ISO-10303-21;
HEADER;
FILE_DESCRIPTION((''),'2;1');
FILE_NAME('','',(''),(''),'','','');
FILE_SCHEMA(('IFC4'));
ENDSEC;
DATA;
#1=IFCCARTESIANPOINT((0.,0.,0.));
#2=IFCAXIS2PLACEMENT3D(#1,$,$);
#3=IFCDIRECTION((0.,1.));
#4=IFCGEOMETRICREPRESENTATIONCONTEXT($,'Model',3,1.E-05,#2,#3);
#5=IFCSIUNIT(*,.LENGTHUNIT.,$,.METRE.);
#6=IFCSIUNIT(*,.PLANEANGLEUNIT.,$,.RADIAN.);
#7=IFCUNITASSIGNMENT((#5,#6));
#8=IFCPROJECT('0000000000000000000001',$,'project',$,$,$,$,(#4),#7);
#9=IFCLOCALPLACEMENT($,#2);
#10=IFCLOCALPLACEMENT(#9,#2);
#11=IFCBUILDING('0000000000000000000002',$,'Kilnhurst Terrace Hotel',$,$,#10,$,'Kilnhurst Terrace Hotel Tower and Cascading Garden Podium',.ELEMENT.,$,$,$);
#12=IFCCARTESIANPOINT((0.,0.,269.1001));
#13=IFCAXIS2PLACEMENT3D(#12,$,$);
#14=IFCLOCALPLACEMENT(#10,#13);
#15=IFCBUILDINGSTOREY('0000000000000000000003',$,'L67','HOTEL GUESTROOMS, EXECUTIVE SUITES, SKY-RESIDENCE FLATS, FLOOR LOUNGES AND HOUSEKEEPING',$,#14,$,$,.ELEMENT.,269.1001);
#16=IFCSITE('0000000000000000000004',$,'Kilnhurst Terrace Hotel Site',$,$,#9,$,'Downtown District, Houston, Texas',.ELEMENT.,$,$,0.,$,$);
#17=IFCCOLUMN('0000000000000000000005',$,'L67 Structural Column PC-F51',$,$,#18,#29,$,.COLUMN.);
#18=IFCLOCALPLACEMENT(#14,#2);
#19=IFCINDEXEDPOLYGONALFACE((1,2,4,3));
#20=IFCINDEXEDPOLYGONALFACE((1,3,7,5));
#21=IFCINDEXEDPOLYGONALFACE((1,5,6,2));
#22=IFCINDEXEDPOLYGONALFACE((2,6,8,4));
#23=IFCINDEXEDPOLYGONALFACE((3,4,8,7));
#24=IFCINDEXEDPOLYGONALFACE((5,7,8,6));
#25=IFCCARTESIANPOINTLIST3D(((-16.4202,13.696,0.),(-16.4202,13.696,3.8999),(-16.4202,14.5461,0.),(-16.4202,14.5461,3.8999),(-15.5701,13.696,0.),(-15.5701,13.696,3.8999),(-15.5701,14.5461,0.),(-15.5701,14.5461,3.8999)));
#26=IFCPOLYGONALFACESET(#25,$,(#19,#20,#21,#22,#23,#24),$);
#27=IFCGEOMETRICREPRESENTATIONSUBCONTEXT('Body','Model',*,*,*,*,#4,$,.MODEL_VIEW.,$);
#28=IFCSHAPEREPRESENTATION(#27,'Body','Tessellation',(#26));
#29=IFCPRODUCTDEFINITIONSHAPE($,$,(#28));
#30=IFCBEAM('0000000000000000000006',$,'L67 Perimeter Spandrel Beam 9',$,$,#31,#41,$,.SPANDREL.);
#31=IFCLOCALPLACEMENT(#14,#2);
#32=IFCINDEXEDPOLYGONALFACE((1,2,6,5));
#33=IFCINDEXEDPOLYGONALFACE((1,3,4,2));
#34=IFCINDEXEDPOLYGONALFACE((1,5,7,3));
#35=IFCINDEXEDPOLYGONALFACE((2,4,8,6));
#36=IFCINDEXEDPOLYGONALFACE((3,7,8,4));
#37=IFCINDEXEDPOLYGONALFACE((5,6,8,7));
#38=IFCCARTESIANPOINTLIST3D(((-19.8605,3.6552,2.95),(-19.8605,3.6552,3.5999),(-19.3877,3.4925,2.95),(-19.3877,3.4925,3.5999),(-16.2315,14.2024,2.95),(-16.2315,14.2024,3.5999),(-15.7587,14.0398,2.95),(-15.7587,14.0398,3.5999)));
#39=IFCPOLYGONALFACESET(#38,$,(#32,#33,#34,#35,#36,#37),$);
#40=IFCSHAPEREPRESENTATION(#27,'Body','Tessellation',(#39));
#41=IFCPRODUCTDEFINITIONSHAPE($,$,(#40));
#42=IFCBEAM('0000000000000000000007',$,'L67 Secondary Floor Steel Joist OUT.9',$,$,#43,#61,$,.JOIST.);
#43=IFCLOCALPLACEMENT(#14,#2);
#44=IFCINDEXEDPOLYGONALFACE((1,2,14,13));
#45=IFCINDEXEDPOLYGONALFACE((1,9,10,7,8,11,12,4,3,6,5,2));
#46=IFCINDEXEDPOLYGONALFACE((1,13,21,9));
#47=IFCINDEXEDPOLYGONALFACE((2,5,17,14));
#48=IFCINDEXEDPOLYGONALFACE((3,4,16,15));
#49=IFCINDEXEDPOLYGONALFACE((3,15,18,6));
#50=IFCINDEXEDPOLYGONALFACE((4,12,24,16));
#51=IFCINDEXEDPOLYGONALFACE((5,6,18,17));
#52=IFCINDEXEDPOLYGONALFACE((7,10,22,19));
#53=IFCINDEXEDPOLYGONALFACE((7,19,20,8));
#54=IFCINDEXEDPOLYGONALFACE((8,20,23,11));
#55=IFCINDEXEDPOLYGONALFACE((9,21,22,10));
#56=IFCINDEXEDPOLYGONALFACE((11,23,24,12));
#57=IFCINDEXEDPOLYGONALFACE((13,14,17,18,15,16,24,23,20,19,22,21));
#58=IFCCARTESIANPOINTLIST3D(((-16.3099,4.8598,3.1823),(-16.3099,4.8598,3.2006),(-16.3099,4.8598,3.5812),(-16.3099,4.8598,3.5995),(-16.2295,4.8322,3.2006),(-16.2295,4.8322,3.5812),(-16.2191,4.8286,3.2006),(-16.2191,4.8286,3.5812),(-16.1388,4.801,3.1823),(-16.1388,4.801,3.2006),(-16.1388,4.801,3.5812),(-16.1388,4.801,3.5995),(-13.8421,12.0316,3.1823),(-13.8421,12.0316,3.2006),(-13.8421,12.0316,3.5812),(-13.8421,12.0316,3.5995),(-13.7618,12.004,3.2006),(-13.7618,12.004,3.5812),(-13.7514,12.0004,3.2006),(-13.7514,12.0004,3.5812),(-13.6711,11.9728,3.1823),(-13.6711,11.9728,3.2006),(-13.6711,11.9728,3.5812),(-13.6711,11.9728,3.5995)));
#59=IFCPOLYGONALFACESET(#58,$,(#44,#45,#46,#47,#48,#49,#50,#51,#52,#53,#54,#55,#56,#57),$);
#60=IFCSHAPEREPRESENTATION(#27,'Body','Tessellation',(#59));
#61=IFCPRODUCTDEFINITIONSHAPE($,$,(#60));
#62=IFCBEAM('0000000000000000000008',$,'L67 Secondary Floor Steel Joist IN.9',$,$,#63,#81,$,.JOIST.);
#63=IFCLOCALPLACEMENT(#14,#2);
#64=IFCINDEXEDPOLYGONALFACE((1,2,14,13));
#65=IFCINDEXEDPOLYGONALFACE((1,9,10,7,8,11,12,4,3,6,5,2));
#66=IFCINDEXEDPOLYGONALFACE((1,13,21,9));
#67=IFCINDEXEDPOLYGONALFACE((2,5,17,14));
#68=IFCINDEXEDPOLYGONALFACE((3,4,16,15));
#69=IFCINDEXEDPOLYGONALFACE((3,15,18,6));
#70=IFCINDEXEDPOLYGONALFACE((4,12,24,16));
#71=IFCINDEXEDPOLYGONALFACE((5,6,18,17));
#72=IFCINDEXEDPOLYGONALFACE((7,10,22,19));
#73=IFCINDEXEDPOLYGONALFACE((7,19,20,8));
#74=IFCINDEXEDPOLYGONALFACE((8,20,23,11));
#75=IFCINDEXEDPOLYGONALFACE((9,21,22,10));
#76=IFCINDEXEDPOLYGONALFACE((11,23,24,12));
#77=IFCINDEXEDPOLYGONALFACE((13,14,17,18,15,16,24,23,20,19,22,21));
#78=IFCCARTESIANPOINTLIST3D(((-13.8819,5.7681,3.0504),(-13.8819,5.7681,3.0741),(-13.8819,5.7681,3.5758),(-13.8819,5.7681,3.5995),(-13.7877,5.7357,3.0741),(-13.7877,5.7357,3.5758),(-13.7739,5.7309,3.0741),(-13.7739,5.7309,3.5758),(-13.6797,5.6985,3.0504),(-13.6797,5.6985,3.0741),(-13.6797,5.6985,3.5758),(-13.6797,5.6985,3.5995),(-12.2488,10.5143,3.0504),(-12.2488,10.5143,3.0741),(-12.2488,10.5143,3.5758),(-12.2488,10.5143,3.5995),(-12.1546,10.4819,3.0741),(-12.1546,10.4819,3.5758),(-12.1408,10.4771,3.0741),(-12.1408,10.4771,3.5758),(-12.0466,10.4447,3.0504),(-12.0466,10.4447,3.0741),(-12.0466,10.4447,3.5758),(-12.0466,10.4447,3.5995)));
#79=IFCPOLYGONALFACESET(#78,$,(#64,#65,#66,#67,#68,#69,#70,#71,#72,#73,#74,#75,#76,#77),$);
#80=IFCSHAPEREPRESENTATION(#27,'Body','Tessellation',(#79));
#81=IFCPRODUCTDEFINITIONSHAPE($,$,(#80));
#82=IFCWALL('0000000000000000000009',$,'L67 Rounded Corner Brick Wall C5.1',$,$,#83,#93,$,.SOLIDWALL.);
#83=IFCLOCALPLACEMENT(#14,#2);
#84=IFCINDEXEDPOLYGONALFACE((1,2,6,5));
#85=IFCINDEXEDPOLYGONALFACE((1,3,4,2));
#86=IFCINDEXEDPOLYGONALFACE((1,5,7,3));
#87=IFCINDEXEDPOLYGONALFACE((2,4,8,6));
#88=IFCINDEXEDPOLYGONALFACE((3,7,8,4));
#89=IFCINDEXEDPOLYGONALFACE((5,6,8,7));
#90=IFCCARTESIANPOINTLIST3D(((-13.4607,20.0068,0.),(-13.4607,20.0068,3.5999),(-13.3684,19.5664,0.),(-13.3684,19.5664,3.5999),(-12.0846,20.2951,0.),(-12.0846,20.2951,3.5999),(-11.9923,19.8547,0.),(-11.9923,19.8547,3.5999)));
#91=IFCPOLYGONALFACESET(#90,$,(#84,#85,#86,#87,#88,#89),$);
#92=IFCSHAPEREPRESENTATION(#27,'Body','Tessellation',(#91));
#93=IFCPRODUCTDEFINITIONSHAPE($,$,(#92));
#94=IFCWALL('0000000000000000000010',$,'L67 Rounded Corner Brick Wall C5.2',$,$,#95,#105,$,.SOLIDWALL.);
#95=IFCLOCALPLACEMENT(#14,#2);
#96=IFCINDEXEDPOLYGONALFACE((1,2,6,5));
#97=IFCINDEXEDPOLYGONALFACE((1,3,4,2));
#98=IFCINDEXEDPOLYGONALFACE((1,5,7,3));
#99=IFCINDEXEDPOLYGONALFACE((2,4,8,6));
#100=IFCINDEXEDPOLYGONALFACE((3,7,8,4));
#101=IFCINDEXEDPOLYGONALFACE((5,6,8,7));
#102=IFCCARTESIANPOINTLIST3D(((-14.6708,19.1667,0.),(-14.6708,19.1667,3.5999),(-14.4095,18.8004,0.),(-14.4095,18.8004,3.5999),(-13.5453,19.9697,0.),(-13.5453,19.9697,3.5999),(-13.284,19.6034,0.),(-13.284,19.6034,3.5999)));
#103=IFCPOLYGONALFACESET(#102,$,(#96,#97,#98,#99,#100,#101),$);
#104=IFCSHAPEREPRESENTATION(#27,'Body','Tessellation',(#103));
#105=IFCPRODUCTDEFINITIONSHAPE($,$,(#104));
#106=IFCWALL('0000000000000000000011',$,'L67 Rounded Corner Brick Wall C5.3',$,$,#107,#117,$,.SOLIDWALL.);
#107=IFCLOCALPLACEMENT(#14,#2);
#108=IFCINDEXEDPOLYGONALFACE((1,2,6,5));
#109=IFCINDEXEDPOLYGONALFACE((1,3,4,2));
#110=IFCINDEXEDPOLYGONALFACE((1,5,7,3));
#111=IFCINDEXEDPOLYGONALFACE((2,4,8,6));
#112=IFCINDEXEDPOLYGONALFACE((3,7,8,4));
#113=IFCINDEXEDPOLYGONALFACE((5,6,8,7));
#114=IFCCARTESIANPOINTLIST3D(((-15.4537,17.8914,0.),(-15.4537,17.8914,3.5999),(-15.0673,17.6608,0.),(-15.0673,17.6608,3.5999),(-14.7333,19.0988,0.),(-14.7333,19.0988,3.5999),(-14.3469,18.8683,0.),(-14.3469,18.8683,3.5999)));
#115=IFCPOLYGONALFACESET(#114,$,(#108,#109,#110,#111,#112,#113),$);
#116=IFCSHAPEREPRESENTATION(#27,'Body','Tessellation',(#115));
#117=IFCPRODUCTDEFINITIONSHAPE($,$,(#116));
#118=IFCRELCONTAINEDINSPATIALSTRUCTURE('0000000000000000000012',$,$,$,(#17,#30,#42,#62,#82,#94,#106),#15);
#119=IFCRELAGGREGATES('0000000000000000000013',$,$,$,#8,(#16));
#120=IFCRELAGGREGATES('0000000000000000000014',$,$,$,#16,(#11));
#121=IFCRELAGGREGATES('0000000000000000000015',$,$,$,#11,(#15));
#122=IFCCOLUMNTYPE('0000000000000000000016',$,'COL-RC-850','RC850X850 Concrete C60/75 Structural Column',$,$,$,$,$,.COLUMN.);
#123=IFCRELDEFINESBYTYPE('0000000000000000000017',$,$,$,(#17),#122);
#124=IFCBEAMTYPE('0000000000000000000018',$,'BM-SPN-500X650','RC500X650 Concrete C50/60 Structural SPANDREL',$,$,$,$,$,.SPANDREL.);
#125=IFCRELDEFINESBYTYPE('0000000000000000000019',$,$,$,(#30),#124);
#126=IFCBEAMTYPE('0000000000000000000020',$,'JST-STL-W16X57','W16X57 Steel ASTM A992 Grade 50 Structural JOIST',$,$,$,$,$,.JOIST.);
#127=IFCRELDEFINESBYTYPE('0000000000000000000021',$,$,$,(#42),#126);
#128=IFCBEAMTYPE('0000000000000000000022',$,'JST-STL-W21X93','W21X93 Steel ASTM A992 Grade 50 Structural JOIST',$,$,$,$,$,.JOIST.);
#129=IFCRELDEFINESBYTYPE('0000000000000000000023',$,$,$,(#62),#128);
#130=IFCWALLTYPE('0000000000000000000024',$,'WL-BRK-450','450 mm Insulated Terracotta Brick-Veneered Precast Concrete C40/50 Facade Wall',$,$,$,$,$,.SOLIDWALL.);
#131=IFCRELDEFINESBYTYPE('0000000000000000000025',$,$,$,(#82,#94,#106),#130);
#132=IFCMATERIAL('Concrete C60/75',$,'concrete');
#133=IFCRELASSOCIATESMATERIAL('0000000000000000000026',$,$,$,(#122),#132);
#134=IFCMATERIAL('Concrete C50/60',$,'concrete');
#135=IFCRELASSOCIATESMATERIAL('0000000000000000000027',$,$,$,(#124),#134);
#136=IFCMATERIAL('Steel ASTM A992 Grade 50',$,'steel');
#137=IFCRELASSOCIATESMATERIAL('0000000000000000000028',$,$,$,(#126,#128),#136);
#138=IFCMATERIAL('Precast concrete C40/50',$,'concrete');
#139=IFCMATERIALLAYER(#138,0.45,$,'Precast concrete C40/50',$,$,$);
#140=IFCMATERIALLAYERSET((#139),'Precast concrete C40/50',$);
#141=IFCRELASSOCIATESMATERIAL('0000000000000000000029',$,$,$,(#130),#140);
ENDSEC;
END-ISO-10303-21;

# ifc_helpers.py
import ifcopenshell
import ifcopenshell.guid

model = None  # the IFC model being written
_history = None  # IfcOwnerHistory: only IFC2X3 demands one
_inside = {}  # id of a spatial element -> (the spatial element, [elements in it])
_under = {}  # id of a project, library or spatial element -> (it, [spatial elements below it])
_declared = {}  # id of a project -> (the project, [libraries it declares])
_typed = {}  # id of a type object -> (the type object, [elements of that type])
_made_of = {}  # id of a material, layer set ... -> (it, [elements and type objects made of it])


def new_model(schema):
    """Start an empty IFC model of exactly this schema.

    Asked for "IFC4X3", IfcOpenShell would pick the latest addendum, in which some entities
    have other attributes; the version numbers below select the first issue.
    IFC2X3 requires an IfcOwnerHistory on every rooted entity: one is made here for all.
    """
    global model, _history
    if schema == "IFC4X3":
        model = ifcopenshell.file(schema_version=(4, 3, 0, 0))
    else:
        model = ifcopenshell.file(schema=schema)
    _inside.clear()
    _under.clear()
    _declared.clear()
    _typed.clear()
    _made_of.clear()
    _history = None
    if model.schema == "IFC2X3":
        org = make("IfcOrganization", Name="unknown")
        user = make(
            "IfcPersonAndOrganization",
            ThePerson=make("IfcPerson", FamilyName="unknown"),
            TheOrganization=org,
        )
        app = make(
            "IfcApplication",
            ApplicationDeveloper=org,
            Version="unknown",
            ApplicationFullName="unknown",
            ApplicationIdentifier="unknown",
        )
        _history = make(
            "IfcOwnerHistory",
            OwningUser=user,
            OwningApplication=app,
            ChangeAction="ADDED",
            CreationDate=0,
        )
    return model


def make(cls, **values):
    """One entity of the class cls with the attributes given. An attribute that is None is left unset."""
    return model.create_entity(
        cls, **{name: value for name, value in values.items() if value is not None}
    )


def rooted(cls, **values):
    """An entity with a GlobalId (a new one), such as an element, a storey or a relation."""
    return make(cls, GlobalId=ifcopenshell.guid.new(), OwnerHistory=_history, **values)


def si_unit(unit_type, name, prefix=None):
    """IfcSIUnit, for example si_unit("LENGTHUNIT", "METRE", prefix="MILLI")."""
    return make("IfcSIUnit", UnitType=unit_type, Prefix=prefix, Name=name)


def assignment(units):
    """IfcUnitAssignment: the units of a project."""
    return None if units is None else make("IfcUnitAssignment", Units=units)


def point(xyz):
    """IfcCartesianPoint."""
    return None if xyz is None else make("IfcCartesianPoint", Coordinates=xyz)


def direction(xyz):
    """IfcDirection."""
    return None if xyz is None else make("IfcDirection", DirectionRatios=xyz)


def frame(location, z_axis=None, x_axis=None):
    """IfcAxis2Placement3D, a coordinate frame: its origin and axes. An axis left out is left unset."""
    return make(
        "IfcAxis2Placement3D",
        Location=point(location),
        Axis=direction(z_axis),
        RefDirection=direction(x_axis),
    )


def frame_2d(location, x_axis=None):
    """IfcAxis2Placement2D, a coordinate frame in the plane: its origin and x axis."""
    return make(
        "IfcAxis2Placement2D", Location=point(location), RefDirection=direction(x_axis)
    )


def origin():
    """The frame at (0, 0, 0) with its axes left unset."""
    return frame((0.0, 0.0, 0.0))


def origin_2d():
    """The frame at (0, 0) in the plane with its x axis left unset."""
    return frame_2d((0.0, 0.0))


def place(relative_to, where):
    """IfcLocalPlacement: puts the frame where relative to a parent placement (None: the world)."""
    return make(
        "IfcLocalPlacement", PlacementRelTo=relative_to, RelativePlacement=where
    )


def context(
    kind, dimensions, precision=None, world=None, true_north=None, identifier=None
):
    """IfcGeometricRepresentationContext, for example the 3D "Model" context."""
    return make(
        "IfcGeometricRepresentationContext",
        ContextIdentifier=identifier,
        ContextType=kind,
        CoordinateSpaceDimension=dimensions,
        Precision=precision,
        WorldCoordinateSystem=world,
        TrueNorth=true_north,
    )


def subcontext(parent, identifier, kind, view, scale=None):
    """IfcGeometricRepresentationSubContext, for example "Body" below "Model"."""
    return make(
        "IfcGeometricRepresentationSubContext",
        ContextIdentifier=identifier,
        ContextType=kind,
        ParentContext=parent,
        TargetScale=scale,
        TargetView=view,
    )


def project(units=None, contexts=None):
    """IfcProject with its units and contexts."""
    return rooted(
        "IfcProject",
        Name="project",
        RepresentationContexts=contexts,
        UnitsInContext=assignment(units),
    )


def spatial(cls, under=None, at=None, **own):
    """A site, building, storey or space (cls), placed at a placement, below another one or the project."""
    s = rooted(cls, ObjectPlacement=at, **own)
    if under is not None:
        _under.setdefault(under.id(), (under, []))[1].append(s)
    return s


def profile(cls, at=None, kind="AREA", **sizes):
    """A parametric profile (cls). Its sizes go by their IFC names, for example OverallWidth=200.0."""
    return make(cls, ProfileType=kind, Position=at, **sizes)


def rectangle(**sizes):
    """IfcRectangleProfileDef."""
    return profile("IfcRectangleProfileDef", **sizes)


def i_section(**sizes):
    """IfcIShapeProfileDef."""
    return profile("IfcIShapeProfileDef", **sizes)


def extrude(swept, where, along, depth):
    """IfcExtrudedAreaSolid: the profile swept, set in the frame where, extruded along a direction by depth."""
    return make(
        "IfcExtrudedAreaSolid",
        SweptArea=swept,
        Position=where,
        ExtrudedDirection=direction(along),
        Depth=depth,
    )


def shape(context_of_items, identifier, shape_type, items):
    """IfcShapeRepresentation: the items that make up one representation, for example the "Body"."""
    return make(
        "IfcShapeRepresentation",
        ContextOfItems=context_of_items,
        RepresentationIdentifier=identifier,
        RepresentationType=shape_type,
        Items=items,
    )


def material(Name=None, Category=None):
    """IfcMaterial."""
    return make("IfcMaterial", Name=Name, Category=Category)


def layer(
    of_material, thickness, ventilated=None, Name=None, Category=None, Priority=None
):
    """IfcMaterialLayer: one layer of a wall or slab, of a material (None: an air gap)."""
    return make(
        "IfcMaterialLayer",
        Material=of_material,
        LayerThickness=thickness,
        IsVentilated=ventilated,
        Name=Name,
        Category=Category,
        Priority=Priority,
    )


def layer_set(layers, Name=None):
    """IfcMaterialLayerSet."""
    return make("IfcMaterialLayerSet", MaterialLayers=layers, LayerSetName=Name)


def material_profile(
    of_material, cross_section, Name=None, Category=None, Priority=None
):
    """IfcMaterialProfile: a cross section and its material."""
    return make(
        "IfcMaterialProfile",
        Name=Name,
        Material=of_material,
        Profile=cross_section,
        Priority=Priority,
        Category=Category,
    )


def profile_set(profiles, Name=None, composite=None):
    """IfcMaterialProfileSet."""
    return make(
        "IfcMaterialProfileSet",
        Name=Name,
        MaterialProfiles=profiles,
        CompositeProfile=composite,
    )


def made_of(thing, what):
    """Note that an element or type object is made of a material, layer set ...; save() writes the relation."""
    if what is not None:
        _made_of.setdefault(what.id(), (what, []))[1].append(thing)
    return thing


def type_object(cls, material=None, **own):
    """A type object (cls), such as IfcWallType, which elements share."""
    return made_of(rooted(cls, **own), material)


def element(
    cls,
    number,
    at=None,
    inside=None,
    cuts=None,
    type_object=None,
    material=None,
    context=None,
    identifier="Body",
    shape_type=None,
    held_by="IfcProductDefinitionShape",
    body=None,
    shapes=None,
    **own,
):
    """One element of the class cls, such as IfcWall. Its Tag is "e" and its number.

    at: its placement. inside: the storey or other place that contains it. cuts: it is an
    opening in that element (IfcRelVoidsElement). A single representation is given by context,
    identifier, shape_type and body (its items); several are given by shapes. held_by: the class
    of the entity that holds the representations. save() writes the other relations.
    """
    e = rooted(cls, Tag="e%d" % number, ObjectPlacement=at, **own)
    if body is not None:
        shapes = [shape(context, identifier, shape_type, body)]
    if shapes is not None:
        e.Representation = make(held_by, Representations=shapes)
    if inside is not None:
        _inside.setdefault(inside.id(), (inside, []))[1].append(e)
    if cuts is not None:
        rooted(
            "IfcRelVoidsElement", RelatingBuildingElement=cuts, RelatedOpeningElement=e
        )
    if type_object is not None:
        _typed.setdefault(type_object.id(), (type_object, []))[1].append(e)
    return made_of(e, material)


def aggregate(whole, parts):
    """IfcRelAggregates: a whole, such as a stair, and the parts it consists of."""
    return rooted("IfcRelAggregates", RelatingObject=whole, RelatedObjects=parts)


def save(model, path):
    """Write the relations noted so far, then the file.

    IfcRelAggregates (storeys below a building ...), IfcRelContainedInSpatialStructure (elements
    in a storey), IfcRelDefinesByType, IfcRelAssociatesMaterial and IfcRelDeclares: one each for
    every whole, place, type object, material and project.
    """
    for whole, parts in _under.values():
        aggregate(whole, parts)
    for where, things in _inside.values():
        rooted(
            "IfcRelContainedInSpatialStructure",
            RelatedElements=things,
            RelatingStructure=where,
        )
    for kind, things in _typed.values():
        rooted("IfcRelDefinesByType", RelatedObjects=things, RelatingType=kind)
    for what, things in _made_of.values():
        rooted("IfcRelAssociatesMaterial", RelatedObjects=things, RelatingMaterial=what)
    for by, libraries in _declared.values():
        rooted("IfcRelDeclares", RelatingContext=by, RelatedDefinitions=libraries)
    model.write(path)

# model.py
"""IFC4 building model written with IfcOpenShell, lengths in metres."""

from ifc_helpers import new_model, si_unit, direction, frame, frame_2d, origin, origin_2d, place, context, subcontext, project, spatial, rectangle, i_section, extrude, material, layer, layer_set, material_profile, profile_set, type_object, element, save


model = new_model("IFC4")

# Units and contexts
model_context = context("Model", 3, precision=1e-05, world=origin(), true_north=direction((0.0, 1.0)))
body_context = subcontext(model_context, "Body", "Model", "MODEL_VIEW")
ifc_project = project(units=[si_unit("LENGTHUNIT", "METRE"), si_unit("PLANEANGLEUNIT", "RADIAN")], contexts=[model_context])

# Site, building, storey
site_placement = place(None, origin())
site = spatial("IfcSite", under=ifc_project, at=site_placement, Name="Kilnhurst Terrace Hotel Site", LongName="Downtown District, Houston, Texas", CompositionType="ELEMENT", RefElevation=0.0)
building_placement = place(site_placement, origin())
building = spatial("IfcBuilding", under=site, at=building_placement, Name="Kilnhurst Terrace Hotel", LongName="Kilnhurst Terrace Hotel Tower and Cascading Garden Podium", CompositionType="ELEMENT")
storey_placement = place(building_placement, frame((0.0, 0.0, 269.1001)))
storey = spatial("IfcBuildingStorey", under=building, at=storey_placement, Name="L67", Description="HOTEL GUESTROOMS, EXECUTIVE SUITES, SKY-RESIDENCE FLATS, FLOOR LOUNGES AND HOUSEKEEPING", CompositionType="ELEMENT", Elevation=269.1001)

# Column
ifc_material_1 = material(Name="Concrete C60/75", Category="concrete")
ifc_material_profile_1 = material_profile(ifc_material_1, rectangle(XDim=0.8501, YDim=0.8501, at=origin_2d()), Name="RC850X850")
ifc_profile_set_1 = profile_set([ifc_material_profile_1], Name="Concrete C60/75")
column_type = type_object("IfcColumnType", Name="COL-RC-850", Description="RC850X850 Concrete C60/75 Structural Column", PredefinedType="COLUMN", material=ifc_profile_set_1)
column_placement = place(storey_placement, frame((-15.9951, 14.1211, 0.0), z_axis=(0.0, 0.0, 1.0), x_axis=(1.0, 0.0, 0.0)))
element("IfcColumn", 1, at=column_placement, inside=storey, type_object=column_type, Name="L67 Structural Column PC-F51", PredefinedType="COLUMN", context=body_context, shape_type="SweptSolid", body=[
    extrude(rectangle(XDim=0.8501, YDim=0.8501, at=origin_2d()), origin(), (0.0, 0.0, 1.0), 3.8999),
])

# Beams
ifc_material_2 = material(Name="Concrete C50/60", Category="concrete")
ifc_material_profile_2 = material_profile(ifc_material_2, rectangle(XDim=0.5, YDim=0.6499, at=origin_2d()), Name="RC500X650")
ifc_profile_set_2 = profile_set([ifc_material_profile_2], Name="Concrete C50/60")
beam_type_1 = type_object("IfcBeamType", Name="BM-SPN-500X650", Description="RC500X650 Concrete C50/60 Structural SPANDREL", PredefinedType="SPANDREL", material=ifc_profile_set_2)
beam_1_placement = place(storey_placement, frame((-15.9951, 14.1211, 3.2749), z_axis=(-0.325347, -0.945595, 0.0), x_axis=(0.945595, -0.325347, 0.0)))
element("IfcBeam", 2, at=beam_1_placement, inside=storey, type_object=beam_type_1, Name="L67 Perimeter Spandrel Beam 9", PredefinedType="SPANDREL", context=body_context, shape_type="SweptSolid", body=[
    extrude(rectangle(XDim=0.5, YDim=0.6499, at=origin_2d()), origin(), (0.0, 0.0, 1.0), 11.1541),
])
ifc_material_3 = material(Name="Steel ASTM A992 Grade 50", Category="steel")
ifc_material_profile_3 = material_profile(ifc_material_3, i_section(OverallWidth=0.1809, OverallDepth=0.4172, WebThickness=0.011, FlangeThickness=0.0183, at=origin_2d()), Name="W16X57")
ifc_profile_set_3 = profile_set([ifc_material_profile_3], Name="Steel ASTM A992 Grade 50")
beam_type_2 = type_object("IfcBeamType", Name="JST-STL-W16X57", Description="W16X57 Steel ASTM A992 Grade 50 Structural JOIST", PredefinedType="JOIST", material=ifc_profile_set_3)
beam_2_placement = place(storey_placement, frame((-13.7566, 12.0022, 3.3909), z_axis=(-0.325368, -0.945588, 0.0), x_axis=(0.945588, -0.325368, 0.0)))
element("IfcBeam", 3, at=beam_2_placement, inside=storey, type_object=beam_type_2, Name="L67 Secondary Floor Steel Joist OUT.9", PredefinedType="JOIST", context=body_context, shape_type="SweptSolid", body=[
    extrude(i_section(OverallWidth=0.1809, OverallDepth=0.4172, WebThickness=0.011, FlangeThickness=0.0183, at=origin_2d()), origin(), (0.0, 0.0, 1.0), 7.5845),
])
ifc_material_profile_4 = material_profile(ifc_material_3, i_section(OverallWidth=0.2139, OverallDepth=0.5491, WebThickness=0.0146, FlangeThickness=0.0237, at=origin_2d()), Name="W21X93")
ifc_profile_set_4 = profile_set([ifc_material_profile_4], Name="Steel ASTM A992 Grade 50")
beam_type_3 = type_object("IfcBeamType", Name="JST-STL-W21X93", Description="W21X93 Steel ASTM A992 Grade 50 Structural JOIST", PredefinedType="JOIST", material=ifc_profile_set_4)
beam_3_placement = place(storey_placement, frame((-12.1477, 10.4795, 3.325), z_axis=(-0.325363, -0.945589, 0.0), x_axis=(0.945589, -0.325363, 0.0)))
element("IfcBeam", 4, at=beam_3_placement, inside=storey, type_object=beam_type_3, Name="L67 Secondary Floor Steel Joist IN.9", PredefinedType="JOIST", context=body_context, shape_type="SweptSolid", body=[
    extrude(i_section(OverallWidth=0.2139, OverallDepth=0.5491, WebThickness=0.0146, FlangeThickness=0.0237, at=origin_2d()), origin(), (0.0, 0.0, 1.0), 5.0193),
])

# Walls
ifc_material_4 = material(Name="Precast concrete C40/50", Category="concrete")
ifc_layer_1 = layer(ifc_material_4, 0.45, Name="Precast concrete C40/50")
ifc_layer_set_1 = layer_set([ifc_layer_1], Name="Precast concrete C40/50")
wall_type_1 = type_object("IfcWallType", Name="WL-BRK-450", Description="450 mm Insulated Terracotta Brick-Veneered Precast Concrete C40/50 Facade Wall", PredefinedType="SOLIDWALL", material=ifc_layer_set_1)
wall_1_placement = place(storey_placement, frame((-12.0383, 20.075, 0.0), z_axis=(0.0, 0.0, 1.0), x_axis=(-0.97875, -0.205057, 0.0)))
element("IfcWall", 5, at=wall_1_placement, inside=storey, type_object=wall_type_1, Name="L67 Rounded Corner Brick Wall C5.1", PredefinedType="SOLIDWALL", context=body_context, shape_type="SweptSolid", body=[
    extrude(rectangle(XDim=1.406, YDim=0.45, at=frame_2d((0.7031, 0.0))), origin(), (0.0, 0.0, 1.0), 3.5999),
])
wall_2_placement = place(storey_placement, frame((-13.4146, 19.7866, 0.0), z_axis=(0.0, 0.0, 1.0), x_axis=(-0.814055, -0.580787, 0.0)))
element("IfcWall", 6, at=wall_2_placement, inside=storey, type_object=wall_type_1, Name="L67 Rounded Corner Brick Wall C5.2", PredefinedType="SOLIDWALL", context=body_context, shape_type="SweptSolid", body=[
    extrude(rectangle(XDim=1.3826, YDim=0.45, at=frame_2d((0.6914, 0.0))), origin(), (0.0, 0.0, 1.0), 3.5999),
])
wall_3_placement = place(storey_placement, frame((-14.54, 18.9836, 0.0), z_axis=(0.0, 0.0, 1.0), x_axis=(-0.512375, -0.858762, 0.0)))
element("IfcWall", 7, at=wall_3_placement, inside=storey, type_object=wall_type_1, Name="L67 Rounded Corner Brick Wall C5.3", PredefinedType="SOLIDWALL", context=body_context, shape_type="SweptSolid", body=[
    extrude(rectangle(XDim=1.406, YDim=0.45, at=frame_2d((0.7031, 0.0))), origin(), (0.0, 0.0, 1.0), 3.5999),
])

save(model, "model.ifc")
